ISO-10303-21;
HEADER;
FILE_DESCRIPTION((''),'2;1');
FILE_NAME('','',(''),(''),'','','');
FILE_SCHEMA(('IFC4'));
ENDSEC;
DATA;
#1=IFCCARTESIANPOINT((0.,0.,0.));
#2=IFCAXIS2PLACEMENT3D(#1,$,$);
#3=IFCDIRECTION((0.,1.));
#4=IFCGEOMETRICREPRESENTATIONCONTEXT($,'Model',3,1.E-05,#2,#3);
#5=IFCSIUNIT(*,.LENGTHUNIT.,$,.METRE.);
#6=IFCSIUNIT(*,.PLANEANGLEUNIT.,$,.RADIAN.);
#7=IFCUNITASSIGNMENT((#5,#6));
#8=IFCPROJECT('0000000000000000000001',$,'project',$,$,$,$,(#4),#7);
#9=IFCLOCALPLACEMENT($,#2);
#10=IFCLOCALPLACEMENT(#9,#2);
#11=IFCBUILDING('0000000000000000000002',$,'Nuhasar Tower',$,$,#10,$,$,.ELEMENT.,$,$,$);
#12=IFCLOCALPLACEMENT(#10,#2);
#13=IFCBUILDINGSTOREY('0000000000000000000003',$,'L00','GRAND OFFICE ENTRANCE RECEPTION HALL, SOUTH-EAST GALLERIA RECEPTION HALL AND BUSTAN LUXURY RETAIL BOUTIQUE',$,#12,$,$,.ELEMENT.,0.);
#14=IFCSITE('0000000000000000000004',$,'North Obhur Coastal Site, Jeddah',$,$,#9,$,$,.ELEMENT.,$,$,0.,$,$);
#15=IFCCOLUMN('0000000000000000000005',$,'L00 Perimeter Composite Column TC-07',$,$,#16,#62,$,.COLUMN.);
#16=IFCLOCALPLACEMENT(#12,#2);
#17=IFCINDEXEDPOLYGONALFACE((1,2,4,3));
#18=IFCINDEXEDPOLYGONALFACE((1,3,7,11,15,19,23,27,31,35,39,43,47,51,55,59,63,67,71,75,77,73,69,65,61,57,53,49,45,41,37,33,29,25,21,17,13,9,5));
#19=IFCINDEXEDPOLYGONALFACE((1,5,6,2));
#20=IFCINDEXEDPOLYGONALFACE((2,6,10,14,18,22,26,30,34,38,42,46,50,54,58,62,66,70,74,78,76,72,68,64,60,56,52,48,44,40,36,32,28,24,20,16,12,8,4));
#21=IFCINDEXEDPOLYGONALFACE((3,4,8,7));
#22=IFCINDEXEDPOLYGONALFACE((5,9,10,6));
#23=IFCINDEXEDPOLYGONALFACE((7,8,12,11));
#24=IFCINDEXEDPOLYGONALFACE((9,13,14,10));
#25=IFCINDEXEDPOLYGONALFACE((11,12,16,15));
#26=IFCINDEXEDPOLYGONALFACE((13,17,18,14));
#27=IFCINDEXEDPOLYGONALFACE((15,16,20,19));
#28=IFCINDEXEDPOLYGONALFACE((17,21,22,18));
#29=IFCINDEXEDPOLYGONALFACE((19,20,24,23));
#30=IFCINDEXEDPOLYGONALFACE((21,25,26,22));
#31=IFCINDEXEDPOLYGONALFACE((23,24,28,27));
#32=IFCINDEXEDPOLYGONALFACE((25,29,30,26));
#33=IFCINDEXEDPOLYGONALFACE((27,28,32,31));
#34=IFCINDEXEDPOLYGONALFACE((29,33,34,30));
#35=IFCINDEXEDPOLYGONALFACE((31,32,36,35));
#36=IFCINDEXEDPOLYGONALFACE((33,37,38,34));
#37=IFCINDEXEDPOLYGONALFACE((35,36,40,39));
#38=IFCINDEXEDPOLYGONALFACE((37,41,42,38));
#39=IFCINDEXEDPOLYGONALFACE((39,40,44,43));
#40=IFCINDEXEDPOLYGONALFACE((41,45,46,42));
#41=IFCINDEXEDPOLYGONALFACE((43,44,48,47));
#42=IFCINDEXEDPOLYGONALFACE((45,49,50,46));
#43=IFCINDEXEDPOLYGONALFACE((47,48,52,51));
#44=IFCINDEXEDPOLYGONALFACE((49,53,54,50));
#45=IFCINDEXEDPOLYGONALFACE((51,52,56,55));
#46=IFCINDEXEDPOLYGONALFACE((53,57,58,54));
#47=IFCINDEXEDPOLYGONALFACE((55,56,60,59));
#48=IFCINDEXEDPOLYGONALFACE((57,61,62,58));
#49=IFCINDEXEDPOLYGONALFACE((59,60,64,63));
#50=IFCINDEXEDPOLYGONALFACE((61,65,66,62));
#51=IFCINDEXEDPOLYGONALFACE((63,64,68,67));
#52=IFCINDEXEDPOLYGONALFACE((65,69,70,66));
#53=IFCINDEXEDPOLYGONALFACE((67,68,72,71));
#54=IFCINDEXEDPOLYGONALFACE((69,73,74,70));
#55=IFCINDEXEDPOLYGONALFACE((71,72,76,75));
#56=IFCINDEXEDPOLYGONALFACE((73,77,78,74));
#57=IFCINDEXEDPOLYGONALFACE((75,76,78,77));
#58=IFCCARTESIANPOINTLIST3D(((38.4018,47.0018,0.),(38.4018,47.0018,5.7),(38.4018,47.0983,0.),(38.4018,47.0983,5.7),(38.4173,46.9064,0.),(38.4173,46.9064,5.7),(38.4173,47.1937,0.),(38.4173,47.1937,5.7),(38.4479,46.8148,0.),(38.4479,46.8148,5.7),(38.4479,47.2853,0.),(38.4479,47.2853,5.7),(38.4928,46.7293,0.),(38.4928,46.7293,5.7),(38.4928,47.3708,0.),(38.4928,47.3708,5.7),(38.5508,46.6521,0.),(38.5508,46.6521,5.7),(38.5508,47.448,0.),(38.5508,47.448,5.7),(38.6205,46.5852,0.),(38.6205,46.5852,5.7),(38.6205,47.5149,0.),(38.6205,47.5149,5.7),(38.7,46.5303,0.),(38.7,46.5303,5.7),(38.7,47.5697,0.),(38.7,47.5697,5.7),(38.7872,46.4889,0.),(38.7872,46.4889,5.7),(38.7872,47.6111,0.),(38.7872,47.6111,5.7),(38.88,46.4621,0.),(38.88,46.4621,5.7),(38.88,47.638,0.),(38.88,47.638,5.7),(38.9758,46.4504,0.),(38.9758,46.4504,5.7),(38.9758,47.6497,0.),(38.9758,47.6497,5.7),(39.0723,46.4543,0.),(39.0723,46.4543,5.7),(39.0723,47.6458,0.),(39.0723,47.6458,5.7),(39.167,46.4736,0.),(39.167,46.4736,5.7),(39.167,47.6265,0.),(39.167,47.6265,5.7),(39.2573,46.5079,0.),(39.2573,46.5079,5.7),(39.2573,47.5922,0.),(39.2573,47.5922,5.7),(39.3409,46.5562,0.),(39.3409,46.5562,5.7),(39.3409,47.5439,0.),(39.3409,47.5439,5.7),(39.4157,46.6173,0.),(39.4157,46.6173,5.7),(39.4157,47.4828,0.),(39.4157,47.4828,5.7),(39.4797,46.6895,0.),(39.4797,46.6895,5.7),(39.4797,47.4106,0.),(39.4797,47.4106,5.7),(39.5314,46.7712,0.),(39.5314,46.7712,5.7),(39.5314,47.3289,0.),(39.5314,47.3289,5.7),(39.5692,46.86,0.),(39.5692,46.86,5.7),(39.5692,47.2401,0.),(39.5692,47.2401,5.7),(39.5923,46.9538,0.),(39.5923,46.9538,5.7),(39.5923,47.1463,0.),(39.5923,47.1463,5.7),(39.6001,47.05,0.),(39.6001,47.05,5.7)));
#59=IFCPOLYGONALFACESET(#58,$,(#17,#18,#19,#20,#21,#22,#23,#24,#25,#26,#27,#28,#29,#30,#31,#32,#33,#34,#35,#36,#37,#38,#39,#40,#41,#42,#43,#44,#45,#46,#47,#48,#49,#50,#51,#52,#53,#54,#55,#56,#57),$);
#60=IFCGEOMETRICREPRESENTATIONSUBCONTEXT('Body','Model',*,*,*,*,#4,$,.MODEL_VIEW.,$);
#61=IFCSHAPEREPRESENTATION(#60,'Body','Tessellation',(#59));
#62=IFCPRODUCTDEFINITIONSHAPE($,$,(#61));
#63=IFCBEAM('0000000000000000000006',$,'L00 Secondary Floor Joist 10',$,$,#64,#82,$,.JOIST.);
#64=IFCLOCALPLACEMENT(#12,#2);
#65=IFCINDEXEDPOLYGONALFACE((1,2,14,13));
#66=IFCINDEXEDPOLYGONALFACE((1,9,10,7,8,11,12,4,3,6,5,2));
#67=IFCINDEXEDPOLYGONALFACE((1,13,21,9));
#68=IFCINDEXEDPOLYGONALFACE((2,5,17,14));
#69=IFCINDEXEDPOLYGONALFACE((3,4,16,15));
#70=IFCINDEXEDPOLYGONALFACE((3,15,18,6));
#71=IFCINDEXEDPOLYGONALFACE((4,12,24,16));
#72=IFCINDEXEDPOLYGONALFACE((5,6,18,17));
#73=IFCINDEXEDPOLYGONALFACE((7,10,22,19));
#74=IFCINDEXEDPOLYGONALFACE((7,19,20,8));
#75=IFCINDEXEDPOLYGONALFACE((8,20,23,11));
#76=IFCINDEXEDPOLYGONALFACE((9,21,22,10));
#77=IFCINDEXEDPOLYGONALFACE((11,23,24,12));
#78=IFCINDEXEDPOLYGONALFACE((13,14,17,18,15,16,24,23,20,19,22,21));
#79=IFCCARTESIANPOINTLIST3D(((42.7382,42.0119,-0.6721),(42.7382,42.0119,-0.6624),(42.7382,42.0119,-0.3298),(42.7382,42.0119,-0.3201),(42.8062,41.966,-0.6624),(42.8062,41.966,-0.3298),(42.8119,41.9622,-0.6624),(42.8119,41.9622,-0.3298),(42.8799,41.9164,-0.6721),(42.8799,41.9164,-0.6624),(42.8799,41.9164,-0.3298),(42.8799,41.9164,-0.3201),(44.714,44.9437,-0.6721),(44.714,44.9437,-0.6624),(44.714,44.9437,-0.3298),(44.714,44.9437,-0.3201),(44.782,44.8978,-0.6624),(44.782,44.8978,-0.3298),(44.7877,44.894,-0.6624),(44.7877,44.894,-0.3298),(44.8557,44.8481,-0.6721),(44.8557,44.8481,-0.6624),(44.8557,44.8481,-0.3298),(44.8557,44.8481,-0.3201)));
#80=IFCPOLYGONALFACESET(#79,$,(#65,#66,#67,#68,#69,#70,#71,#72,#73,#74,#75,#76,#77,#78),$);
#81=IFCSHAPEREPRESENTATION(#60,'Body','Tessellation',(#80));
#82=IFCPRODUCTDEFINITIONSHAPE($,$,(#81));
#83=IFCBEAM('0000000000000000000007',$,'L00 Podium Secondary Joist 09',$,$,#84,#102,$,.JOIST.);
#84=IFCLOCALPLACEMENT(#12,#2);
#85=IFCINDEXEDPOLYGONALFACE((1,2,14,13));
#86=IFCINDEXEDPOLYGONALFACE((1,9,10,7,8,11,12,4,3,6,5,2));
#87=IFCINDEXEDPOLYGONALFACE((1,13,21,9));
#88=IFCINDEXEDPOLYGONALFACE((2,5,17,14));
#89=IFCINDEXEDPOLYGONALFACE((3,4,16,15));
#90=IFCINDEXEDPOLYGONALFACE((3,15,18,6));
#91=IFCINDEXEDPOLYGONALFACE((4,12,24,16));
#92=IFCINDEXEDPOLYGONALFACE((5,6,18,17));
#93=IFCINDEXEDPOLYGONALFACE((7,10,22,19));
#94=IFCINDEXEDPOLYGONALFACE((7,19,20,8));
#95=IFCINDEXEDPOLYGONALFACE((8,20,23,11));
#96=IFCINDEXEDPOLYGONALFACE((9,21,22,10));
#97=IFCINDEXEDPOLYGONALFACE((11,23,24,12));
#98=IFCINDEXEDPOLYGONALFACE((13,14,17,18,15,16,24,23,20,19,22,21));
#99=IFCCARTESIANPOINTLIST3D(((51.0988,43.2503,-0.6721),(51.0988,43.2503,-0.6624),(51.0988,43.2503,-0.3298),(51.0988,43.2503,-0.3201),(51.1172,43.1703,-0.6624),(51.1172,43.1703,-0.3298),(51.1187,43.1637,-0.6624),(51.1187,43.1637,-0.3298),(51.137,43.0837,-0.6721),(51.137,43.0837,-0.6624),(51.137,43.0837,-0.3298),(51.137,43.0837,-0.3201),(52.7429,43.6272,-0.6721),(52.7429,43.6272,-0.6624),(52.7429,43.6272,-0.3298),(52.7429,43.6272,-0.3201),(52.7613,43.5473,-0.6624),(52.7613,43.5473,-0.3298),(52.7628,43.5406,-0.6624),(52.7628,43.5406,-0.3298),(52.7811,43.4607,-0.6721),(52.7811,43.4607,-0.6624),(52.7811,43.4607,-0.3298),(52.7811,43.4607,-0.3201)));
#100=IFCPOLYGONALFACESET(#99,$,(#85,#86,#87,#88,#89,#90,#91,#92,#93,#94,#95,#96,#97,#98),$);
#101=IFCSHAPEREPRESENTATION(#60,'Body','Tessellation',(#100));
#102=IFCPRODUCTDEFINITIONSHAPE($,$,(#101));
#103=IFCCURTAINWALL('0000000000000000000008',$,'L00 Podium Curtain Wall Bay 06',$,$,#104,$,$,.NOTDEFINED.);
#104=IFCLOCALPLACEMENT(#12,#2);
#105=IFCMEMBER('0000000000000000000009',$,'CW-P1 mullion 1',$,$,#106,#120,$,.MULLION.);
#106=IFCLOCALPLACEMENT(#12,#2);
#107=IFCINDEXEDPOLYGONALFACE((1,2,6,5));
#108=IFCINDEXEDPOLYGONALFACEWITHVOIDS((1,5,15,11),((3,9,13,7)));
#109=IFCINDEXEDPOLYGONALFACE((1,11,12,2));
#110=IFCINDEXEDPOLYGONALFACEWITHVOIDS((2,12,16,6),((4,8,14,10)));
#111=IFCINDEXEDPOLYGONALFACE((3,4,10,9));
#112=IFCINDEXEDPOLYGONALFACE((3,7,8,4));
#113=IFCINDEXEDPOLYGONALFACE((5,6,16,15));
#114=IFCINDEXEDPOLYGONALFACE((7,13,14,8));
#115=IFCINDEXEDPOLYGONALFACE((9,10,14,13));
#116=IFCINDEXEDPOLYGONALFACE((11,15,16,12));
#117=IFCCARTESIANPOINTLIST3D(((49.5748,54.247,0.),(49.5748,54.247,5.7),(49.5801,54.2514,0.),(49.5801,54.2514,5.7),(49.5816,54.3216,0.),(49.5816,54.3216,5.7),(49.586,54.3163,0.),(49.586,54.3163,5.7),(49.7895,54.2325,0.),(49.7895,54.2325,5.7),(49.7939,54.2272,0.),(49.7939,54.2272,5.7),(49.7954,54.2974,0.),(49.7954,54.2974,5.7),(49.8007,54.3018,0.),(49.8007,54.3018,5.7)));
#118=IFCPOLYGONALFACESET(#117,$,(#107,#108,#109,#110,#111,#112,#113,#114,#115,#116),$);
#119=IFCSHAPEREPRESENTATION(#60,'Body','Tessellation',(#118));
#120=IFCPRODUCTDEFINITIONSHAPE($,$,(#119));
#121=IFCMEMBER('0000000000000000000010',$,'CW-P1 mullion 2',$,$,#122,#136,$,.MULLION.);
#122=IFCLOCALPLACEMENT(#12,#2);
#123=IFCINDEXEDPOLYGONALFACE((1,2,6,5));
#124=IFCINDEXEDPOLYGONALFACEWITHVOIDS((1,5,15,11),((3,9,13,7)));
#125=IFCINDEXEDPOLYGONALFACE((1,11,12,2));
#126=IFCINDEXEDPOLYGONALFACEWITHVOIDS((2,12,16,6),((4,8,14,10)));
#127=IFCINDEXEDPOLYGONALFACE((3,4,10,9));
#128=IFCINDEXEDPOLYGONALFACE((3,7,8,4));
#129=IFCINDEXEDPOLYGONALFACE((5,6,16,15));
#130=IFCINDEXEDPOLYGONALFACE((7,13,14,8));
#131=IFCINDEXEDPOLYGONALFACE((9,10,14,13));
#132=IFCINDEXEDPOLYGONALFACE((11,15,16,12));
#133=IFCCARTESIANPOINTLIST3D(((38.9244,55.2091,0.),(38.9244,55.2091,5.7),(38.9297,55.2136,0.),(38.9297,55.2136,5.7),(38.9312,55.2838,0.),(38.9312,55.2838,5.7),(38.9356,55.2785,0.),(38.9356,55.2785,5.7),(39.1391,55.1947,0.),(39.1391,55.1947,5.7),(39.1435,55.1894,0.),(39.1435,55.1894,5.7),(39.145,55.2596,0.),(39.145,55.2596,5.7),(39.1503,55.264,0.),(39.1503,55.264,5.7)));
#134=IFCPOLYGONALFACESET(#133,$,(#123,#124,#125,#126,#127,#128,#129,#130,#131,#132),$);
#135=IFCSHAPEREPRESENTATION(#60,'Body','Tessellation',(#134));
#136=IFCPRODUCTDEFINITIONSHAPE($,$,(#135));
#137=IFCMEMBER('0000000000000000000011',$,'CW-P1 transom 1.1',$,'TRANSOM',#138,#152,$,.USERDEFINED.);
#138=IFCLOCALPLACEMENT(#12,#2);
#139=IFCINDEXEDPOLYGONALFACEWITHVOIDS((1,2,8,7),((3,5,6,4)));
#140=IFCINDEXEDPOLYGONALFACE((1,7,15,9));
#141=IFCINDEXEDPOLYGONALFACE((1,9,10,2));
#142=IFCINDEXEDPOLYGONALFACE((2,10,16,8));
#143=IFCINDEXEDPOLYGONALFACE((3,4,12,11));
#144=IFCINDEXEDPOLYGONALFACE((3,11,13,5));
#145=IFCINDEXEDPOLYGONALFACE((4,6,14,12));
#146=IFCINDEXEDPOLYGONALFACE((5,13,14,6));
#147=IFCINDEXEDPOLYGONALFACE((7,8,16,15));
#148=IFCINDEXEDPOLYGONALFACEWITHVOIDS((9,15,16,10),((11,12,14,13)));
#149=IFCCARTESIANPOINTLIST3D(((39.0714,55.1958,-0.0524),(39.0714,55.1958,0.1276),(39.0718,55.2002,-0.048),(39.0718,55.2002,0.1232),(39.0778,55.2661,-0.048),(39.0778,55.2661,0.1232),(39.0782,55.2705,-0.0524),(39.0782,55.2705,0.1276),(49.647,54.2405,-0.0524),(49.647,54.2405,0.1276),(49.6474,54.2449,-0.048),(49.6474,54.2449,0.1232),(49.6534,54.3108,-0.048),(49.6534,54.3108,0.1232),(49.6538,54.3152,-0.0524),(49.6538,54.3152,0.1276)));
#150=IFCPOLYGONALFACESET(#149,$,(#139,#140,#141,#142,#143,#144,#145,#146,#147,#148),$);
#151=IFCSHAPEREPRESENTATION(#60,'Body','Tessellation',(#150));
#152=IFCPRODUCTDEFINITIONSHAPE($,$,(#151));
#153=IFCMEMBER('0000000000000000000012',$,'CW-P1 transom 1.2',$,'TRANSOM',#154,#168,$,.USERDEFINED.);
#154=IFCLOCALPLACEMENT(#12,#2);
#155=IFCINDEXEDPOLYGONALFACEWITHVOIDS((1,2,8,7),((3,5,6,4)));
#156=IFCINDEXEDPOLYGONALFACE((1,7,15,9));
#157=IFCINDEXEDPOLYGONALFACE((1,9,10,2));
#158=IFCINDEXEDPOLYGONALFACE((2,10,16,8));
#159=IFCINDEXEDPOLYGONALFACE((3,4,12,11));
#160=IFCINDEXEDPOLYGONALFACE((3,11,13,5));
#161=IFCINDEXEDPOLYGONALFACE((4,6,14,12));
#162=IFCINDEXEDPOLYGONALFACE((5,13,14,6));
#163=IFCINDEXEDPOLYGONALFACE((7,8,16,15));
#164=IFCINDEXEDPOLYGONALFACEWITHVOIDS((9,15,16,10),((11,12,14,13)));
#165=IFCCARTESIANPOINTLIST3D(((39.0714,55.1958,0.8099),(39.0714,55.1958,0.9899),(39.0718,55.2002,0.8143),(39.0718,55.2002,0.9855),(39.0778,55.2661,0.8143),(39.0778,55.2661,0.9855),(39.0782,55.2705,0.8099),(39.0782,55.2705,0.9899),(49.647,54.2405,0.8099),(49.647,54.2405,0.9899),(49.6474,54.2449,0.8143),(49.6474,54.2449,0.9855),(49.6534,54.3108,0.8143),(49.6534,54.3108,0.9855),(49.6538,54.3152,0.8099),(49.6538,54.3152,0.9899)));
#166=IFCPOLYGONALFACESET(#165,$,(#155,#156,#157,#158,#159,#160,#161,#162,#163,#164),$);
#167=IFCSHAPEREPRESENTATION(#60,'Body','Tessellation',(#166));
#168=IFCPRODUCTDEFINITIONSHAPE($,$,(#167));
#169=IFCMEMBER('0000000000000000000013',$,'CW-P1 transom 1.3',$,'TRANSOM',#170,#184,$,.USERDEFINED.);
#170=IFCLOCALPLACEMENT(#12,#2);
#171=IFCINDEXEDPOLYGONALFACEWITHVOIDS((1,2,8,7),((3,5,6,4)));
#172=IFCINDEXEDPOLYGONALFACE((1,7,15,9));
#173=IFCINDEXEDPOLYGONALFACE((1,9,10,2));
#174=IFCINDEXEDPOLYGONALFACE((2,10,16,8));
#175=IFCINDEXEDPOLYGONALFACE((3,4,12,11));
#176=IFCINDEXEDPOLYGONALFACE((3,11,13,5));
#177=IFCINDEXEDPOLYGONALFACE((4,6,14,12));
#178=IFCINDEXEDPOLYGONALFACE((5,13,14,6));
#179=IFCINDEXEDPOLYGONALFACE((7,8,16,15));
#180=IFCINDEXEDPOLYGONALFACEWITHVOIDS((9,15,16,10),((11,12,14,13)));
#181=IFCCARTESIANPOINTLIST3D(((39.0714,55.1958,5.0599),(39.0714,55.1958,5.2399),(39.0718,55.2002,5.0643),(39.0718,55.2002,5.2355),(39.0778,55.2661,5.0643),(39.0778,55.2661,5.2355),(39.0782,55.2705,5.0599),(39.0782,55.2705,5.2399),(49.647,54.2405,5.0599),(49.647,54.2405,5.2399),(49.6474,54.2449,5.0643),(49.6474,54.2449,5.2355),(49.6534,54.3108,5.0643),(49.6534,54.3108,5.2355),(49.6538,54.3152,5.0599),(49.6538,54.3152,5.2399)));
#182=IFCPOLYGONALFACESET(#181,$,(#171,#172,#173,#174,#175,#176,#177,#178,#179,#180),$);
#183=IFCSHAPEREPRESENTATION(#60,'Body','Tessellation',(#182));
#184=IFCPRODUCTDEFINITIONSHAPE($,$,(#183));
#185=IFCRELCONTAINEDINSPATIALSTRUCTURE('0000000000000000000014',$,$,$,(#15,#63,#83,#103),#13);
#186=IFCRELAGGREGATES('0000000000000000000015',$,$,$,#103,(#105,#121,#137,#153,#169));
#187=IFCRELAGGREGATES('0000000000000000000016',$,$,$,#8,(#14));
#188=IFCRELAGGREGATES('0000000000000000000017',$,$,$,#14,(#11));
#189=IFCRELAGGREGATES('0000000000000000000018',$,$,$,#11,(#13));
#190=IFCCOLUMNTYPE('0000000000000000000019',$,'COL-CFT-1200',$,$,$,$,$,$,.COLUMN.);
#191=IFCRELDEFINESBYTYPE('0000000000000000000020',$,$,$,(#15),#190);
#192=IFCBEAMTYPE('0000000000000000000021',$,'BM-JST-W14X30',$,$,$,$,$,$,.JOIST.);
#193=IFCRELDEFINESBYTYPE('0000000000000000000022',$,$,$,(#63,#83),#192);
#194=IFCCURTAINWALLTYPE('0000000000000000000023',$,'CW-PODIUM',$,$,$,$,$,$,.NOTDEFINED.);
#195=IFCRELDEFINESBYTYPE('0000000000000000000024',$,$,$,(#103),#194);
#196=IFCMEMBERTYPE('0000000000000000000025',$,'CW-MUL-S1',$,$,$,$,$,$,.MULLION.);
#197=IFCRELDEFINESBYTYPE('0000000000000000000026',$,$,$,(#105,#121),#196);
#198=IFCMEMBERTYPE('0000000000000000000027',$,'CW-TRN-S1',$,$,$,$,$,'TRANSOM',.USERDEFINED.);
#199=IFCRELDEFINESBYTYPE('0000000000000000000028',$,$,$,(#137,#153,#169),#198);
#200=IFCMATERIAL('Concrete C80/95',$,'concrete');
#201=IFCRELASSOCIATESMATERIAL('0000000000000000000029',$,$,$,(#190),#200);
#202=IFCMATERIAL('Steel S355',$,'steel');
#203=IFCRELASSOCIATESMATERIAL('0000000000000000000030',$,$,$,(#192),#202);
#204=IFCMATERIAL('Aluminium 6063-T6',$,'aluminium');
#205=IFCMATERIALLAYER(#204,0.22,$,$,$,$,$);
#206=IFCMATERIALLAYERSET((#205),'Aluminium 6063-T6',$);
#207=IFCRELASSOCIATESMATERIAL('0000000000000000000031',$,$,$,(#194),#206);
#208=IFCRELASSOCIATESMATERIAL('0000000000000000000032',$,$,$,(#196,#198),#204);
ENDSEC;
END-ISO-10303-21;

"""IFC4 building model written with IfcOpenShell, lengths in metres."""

from ifc_helpers import new_model, si_unit, direction, frame, origin, origin_2d, place, context, subcontext, project, spatial, hollow_rectangle, circle, i_section, extrude, material, layer, layer_set, material_profile, profile_set, type_object, element, aggregate, save


model = new_model("IFC4")

# Units and contexts
model_context = context("Model", 3, precision=1e-05, world=origin(), true_north=direction((0.0, 1.0)))
body_context = subcontext(model_context, "Body", "Model", "MODEL_VIEW")
ifc_project = project(units=[si_unit("LENGTHUNIT", "METRE"), si_unit("PLANEANGLEUNIT", "RADIAN")], contexts=[model_context])

# Site, building, storey
site_placement = place(None, origin())
site = spatial("IfcSite", under=ifc_project, at=site_placement, Name="North Obhur Coastal Site, Jeddah", CompositionType="ELEMENT", RefElevation=0.0)
building_placement = place(site_placement, origin())
building = spatial("IfcBuilding", under=site, at=building_placement, Name="Nuhasar Tower", CompositionType="ELEMENT")
storey_placement = place(building_placement, origin())
storey = spatial("IfcBuildingStorey", under=building, at=storey_placement, Name="L00", Description="GRAND OFFICE ENTRANCE RECEPTION HALL, SOUTH-EAST GALLERIA RECEPTION HALL AND BUSTAN LUXURY RETAIL BOUTIQUE", CompositionType="ELEMENT", Elevation=0.0)

# Column
ifc_material_1 = material(Name="Concrete C80/95", Category="concrete")
ifc_material_profile_1 = material_profile(ifc_material_1, circle(Radius=0.6001, at=origin_2d()), Name="CFT1200")
ifc_profile_set_1 = profile_set([ifc_material_profile_1], Name="Concrete C80/95")
column_type = type_object("IfcColumnType", Name="COL-CFT-1200", PredefinedType="COLUMN", material=ifc_profile_set_1)
column_placement = place(storey_placement, frame((39.0, 47.05, 0.0), z_axis=(0.0, 0.0, 1.0), x_axis=(1.0, 0.0, 0.0)))
element("IfcColumn", 1, at=column_placement, inside=storey, type_object=column_type, Name="L00 Perimeter Composite Column TC-07", PredefinedType="COLUMN", context=body_context, shape_type="SweptSolid", body=[
    extrude(circle(Radius=0.6001, at=origin_2d()), origin(), (0.0, 0.0, 1.0), 5.7),
])

# Beams
ifc_material_2 = material(Name="Steel S355", Category="steel")
ifc_material_profile_2 = material_profile(ifc_material_2, i_section(OverallWidth=0.1709, OverallDepth=0.3521, WebThickness=0.0068, FlangeThickness=0.0098, at=origin_2d()), Name="W14X30")
ifc_profile_set_2 = profile_set([ifc_material_profile_2], Name="Steel S355")
beam_type = type_object("IfcBeamType", Name="BM-JST-W14X30", PredefinedType="JOIST", material=ifc_profile_set_2)
beam_1_placement = place(storey_placement, frame((42.8091, 41.9641, -0.4961), z_axis=(0.558852, 0.829267, 0.0), x_axis=(-0.829267, 0.558852, 0.0)))
element("IfcBeam", 2, at=beam_1_placement, inside=storey, type_object=beam_type, Name="L00 Secondary Floor Joist 10", PredefinedType="JOIST", context=body_context, shape_type="SweptSolid", body=[
    extrude(i_section(OverallWidth=0.1709, OverallDepth=0.3521, WebThickness=0.0068, FlangeThickness=0.0098, at=origin_2d()), origin(), (0.0, 0.0, 1.0), 3.5354),
])
beam_2_placement = place(storey_placement, frame((51.1179, 43.167, -0.4961), z_axis=(0.974707, 0.223485, 0.0), x_axis=(-0.223485, 0.974707, 0.0)))
element("IfcBeam", 3, at=beam_2_placement, inside=storey, type_object=beam_type, Name="L00 Podium Secondary Joist 09", PredefinedType="JOIST", context=body_context, shape_type="SweptSolid", body=[
    extrude(i_section(OverallWidth=0.1709, OverallDepth=0.3521, WebThickness=0.0068, FlangeThickness=0.0098, at=origin_2d()), origin(), (0.0, 0.0, 1.0), 1.6868),
])

# Curtain wall, members
ifc_material_3 = material(Name="Aluminium 6063-T6", Category="aluminium")
ifc_layer_1 = layer(ifc_material_3, 0.22)
ifc_layer_set_1 = layer_set([ifc_layer_1], Name="Aluminium 6063-T6")
curtain_wall_type = type_object("IfcCurtainWallType", Name="CW-PODIUM", PredefinedType="NOTDEFINED", material=ifc_layer_set_1)
curtain_wall_placement = place(storey_placement, origin())
curtain_wall = element("IfcCurtainWall", 4, at=curtain_wall_placement, inside=storey, type_object=curtain_wall_type, Name="L00 Podium Curtain Wall Bay 06", PredefinedType="NOTDEFINED")
ifc_material_profile_3 = material_profile(ifc_material_3, hollow_rectangle(XDim=0.075, YDim=0.22, WallThickness=0.0049, at=origin_2d()), Name="CWM-1")
ifc_profile_set_3 = profile_set([ifc_material_profile_3], Name="Aluminium 6063-T6")
member_type_1 = type_object("IfcMemberType", Name="CW-MUL-S1", PredefinedType="MULLION", material=ifc_profile_set_3)
member_1_placement = place(storey_placement, frame((49.6877, 54.2744, 0.0), z_axis=(0.0, 0.0, 1.0), x_axis=(-0.089983, -0.995943, 0.0)))
member_1 = element("IfcMember", 5, at=member_1_placement, type_object=member_type_1, Name="CW-P1 mullion 1", PredefinedType="MULLION", context=body_context, shape_type="SweptSolid", body=[
    extrude(hollow_rectangle(XDim=0.075, YDim=0.22, WallThickness=0.0049, at=origin_2d()), origin(), (0.0, 0.0, 1.0), 5.7),
])
member_2_placement = place(storey_placement, frame((39.0374, 55.2366, 0.0), z_axis=(0.0, 0.0, 1.0), x_axis=(-0.089983, -0.995943, 0.0)))
member_2 = element("IfcMember", 6, at=member_2_placement, type_object=member_type_1, Name="CW-P1 mullion 2", PredefinedType="MULLION", context=body_context, shape_type="SweptSolid", body=[
    extrude(hollow_rectangle(XDim=0.075, YDim=0.22, WallThickness=0.0049, at=origin_2d()), origin(), (0.0, 0.0, 1.0), 5.7),
])
ifc_material_profile_4 = material_profile(ifc_material_3, hollow_rectangle(XDim=0.075, YDim=0.1799, WallThickness=0.0044, at=origin_2d()), Name="CWT-1")
ifc_profile_set_4 = profile_set([ifc_material_profile_4], Name="Aluminium 6063-T6")
member_type_2 = type_object("IfcMemberType", Name="CW-TRN-S1", ElementType="TRANSOM", PredefinedType="USERDEFINED", material=ifc_profile_set_4)
member_3_placement = place(storey_placement, frame((49.6504, 54.2778, 0.0376), z_axis=(-0.995945, 0.089966, 0.0), x_axis=(-0.089966, -0.995945, 0.0)))
member_3 = element("IfcMember", 7, at=member_3_placement, type_object=member_type_2, Name="CW-P1 transom 1.1", ObjectType="TRANSOM", PredefinedType="USERDEFINED", context=body_context, shape_type="SweptSolid", body=[
    extrude(hollow_rectangle(XDim=0.075, YDim=0.1799, WallThickness=0.0044, at=origin_2d()), origin(), (0.0, 0.0, 1.0), 10.6187),
])
member_4_placement = place(storey_placement, frame((49.6504, 54.2778, 0.8999), z_axis=(-0.995945, 0.089966, 0.0), x_axis=(-0.089966, -0.995945, 0.0)))
member_4 = element("IfcMember", 8, at=member_4_placement, type_object=member_type_2, Name="CW-P1 transom 1.2", ObjectType="TRANSOM", PredefinedType="USERDEFINED", context=body_context, shape_type="SweptSolid", body=[
    extrude(hollow_rectangle(XDim=0.075, YDim=0.1799, WallThickness=0.0044, at=origin_2d()), origin(), (0.0, 0.0, 1.0), 10.6187),
])
member_5_placement = place(storey_placement, frame((49.6504, 54.2778, 5.1499), z_axis=(-0.995945, 0.089966, 0.0), x_axis=(-0.089966, -0.995945, 0.0)))
member_5 = element("IfcMember", 9, at=member_5_placement, type_object=member_type_2, Name="CW-P1 transom 1.3", ObjectType="TRANSOM", PredefinedType="USERDEFINED", context=body_context, shape_type="SweptSolid", body=[
    extrude(hollow_rectangle(XDim=0.075, YDim=0.1799, WallThickness=0.0044, at=origin_2d()), origin(), (0.0, 0.0, 1.0), 10.6187),
])
aggregate(curtain_wall, [member_1, member_2, member_3, member_4, member_5])

save(model, "model.ifc")
